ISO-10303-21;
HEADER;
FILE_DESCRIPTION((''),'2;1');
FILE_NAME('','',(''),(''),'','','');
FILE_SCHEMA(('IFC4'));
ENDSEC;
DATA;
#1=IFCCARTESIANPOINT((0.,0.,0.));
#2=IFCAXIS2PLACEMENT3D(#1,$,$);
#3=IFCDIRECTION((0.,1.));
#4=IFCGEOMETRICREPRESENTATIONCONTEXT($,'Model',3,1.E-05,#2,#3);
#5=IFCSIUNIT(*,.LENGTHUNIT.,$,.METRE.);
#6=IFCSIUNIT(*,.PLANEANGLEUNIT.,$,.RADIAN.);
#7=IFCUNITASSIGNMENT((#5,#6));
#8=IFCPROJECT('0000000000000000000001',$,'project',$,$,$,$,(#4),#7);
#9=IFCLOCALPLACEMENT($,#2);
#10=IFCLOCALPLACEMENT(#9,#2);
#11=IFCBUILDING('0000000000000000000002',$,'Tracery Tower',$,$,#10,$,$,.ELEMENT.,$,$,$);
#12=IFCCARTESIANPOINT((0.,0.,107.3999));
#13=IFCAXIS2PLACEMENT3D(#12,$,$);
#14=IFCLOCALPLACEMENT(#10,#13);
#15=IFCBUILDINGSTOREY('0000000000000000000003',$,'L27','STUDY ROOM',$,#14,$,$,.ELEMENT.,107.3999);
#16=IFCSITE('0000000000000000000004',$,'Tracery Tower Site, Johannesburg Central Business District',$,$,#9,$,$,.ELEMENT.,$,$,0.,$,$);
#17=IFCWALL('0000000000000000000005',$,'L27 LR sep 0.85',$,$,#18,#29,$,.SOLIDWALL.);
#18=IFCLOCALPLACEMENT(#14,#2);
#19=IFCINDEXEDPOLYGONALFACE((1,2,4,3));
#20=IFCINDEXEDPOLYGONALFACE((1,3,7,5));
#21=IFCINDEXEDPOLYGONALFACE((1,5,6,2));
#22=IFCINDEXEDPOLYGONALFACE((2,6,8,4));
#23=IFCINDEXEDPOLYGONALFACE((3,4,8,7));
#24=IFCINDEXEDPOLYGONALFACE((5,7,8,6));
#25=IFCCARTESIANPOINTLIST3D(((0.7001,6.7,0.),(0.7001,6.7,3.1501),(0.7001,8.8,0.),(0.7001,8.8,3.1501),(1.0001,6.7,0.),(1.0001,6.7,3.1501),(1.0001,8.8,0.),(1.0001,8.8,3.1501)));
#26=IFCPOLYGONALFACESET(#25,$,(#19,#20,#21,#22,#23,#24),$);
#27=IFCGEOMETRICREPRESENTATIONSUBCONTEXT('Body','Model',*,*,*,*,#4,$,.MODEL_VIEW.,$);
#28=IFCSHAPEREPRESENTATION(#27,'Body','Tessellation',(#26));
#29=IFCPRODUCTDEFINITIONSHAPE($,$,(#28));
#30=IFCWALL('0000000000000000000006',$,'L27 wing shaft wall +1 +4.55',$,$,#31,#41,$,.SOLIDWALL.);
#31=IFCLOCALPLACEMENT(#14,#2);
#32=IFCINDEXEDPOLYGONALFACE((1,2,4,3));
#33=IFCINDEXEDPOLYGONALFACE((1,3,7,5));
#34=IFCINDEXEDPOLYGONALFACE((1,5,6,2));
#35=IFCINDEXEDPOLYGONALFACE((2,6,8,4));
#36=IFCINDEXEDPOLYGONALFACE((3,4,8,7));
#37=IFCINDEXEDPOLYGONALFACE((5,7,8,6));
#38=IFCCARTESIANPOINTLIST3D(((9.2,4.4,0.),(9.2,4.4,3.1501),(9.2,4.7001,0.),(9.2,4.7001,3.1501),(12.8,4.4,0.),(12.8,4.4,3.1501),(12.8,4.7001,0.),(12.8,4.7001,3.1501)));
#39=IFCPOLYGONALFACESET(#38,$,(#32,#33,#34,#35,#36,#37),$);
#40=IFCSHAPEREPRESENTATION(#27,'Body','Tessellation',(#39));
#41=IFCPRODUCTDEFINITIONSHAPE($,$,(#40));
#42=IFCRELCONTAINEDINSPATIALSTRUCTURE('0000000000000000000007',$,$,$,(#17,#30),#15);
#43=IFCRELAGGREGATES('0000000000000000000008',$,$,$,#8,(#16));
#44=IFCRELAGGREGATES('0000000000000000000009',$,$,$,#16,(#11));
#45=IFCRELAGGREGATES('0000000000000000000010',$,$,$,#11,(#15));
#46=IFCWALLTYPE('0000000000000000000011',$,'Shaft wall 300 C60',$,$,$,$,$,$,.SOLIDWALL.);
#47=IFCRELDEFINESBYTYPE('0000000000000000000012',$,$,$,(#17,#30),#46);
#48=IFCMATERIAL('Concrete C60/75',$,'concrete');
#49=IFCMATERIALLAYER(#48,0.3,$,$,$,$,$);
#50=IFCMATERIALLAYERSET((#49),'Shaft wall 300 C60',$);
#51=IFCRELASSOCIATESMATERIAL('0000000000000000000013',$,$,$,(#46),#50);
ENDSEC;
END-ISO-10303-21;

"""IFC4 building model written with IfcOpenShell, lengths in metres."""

from ifc_helpers import new_model, si_unit, direction, frame, frame_2d, origin, place, context, subcontext, project, spatial, rectangle, extrude, material, layer, layer_set, type_object, element, save


model = new_model("IFC4")

# Units and contexts
model_context = context("Model", 3, precision=1e-05, world=origin(), true_north=direction((0.0, 1.0)))
body_context = subcontext(model_context, "Body", "Model", "MODEL_VIEW")
ifc_project = project(units=[si_unit("LENGTHUNIT", "METRE"), si_unit("PLANEANGLEUNIT", "RADIAN")], contexts=[model_context])

# Site, building, storey
site_placement = place(None, origin())
site = spatial("IfcSite", under=ifc_project, at=site_placement, Name="Tracery Tower Site, Johannesburg Central Business District", CompositionType="ELEMENT", RefElevation=0.0)
building_placement = place(site_placement, origin())
building = spatial("IfcBuilding", under=site, at=building_placement, Name="Tracery Tower", CompositionType="ELEMENT")
storey_placement = place(building_placement, frame((0.0, 0.0, 107.3999)))
storey = spatial("IfcBuildingStorey", under=building, at=storey_placement, Name="L27", Description="STUDY ROOM", CompositionType="ELEMENT", Elevation=107.3999)

# Walls
ifc_material_1 = material(Name="Concrete C60/75", Category="concrete")
ifc_layer_1 = layer(ifc_material_1, 0.3)
ifc_layer_set_1 = layer_set([ifc_layer_1], Name="Shaft wall 300 C60")
wall_type_1 = type_object("IfcWallType", Name="Shaft wall 300 C60", PredefinedType="SOLIDWALL", material=ifc_layer_set_1)
wall_1_placement = place(storey_placement, frame((0.8501, 6.7, 0.0), z_axis=(0.0, 0.0, 1.0), x_axis=(0.0, 1.0, 0.0)))
element("IfcWall", 1, at=wall_1_placement, inside=storey, type_object=wall_type_1, Name="L27 LR sep 0.85", PredefinedType="SOLIDWALL", context=body_context, shape_type="SweptSolid", body=[
    extrude(rectangle(XDim=2.1001, YDim=0.3, at=frame_2d((1.05, 0.0))), origin(), (0.0, 0.0, 1.0), 3.1501),
])
wall_2_placement = place(storey_placement, frame((9.2, 4.55, 0.0), z_axis=(0.0, 0.0, 1.0), x_axis=(1.0, 0.0, 0.0)))
element("IfcWall", 2, at=wall_2_placement, inside=storey, type_object=wall_type_1, Name="L27 wing shaft wall +1 +4.55", PredefinedType="SOLIDWALL", context=body_context, shape_type="SweptSolid", body=[
    extrude(rectangle(XDim=3.6001, YDim=0.3, at=frame_2d((1.8, 0.0))), origin(), (0.0, 0.0, 1.0), 3.1501),
])

save(model, "model.ifc")
